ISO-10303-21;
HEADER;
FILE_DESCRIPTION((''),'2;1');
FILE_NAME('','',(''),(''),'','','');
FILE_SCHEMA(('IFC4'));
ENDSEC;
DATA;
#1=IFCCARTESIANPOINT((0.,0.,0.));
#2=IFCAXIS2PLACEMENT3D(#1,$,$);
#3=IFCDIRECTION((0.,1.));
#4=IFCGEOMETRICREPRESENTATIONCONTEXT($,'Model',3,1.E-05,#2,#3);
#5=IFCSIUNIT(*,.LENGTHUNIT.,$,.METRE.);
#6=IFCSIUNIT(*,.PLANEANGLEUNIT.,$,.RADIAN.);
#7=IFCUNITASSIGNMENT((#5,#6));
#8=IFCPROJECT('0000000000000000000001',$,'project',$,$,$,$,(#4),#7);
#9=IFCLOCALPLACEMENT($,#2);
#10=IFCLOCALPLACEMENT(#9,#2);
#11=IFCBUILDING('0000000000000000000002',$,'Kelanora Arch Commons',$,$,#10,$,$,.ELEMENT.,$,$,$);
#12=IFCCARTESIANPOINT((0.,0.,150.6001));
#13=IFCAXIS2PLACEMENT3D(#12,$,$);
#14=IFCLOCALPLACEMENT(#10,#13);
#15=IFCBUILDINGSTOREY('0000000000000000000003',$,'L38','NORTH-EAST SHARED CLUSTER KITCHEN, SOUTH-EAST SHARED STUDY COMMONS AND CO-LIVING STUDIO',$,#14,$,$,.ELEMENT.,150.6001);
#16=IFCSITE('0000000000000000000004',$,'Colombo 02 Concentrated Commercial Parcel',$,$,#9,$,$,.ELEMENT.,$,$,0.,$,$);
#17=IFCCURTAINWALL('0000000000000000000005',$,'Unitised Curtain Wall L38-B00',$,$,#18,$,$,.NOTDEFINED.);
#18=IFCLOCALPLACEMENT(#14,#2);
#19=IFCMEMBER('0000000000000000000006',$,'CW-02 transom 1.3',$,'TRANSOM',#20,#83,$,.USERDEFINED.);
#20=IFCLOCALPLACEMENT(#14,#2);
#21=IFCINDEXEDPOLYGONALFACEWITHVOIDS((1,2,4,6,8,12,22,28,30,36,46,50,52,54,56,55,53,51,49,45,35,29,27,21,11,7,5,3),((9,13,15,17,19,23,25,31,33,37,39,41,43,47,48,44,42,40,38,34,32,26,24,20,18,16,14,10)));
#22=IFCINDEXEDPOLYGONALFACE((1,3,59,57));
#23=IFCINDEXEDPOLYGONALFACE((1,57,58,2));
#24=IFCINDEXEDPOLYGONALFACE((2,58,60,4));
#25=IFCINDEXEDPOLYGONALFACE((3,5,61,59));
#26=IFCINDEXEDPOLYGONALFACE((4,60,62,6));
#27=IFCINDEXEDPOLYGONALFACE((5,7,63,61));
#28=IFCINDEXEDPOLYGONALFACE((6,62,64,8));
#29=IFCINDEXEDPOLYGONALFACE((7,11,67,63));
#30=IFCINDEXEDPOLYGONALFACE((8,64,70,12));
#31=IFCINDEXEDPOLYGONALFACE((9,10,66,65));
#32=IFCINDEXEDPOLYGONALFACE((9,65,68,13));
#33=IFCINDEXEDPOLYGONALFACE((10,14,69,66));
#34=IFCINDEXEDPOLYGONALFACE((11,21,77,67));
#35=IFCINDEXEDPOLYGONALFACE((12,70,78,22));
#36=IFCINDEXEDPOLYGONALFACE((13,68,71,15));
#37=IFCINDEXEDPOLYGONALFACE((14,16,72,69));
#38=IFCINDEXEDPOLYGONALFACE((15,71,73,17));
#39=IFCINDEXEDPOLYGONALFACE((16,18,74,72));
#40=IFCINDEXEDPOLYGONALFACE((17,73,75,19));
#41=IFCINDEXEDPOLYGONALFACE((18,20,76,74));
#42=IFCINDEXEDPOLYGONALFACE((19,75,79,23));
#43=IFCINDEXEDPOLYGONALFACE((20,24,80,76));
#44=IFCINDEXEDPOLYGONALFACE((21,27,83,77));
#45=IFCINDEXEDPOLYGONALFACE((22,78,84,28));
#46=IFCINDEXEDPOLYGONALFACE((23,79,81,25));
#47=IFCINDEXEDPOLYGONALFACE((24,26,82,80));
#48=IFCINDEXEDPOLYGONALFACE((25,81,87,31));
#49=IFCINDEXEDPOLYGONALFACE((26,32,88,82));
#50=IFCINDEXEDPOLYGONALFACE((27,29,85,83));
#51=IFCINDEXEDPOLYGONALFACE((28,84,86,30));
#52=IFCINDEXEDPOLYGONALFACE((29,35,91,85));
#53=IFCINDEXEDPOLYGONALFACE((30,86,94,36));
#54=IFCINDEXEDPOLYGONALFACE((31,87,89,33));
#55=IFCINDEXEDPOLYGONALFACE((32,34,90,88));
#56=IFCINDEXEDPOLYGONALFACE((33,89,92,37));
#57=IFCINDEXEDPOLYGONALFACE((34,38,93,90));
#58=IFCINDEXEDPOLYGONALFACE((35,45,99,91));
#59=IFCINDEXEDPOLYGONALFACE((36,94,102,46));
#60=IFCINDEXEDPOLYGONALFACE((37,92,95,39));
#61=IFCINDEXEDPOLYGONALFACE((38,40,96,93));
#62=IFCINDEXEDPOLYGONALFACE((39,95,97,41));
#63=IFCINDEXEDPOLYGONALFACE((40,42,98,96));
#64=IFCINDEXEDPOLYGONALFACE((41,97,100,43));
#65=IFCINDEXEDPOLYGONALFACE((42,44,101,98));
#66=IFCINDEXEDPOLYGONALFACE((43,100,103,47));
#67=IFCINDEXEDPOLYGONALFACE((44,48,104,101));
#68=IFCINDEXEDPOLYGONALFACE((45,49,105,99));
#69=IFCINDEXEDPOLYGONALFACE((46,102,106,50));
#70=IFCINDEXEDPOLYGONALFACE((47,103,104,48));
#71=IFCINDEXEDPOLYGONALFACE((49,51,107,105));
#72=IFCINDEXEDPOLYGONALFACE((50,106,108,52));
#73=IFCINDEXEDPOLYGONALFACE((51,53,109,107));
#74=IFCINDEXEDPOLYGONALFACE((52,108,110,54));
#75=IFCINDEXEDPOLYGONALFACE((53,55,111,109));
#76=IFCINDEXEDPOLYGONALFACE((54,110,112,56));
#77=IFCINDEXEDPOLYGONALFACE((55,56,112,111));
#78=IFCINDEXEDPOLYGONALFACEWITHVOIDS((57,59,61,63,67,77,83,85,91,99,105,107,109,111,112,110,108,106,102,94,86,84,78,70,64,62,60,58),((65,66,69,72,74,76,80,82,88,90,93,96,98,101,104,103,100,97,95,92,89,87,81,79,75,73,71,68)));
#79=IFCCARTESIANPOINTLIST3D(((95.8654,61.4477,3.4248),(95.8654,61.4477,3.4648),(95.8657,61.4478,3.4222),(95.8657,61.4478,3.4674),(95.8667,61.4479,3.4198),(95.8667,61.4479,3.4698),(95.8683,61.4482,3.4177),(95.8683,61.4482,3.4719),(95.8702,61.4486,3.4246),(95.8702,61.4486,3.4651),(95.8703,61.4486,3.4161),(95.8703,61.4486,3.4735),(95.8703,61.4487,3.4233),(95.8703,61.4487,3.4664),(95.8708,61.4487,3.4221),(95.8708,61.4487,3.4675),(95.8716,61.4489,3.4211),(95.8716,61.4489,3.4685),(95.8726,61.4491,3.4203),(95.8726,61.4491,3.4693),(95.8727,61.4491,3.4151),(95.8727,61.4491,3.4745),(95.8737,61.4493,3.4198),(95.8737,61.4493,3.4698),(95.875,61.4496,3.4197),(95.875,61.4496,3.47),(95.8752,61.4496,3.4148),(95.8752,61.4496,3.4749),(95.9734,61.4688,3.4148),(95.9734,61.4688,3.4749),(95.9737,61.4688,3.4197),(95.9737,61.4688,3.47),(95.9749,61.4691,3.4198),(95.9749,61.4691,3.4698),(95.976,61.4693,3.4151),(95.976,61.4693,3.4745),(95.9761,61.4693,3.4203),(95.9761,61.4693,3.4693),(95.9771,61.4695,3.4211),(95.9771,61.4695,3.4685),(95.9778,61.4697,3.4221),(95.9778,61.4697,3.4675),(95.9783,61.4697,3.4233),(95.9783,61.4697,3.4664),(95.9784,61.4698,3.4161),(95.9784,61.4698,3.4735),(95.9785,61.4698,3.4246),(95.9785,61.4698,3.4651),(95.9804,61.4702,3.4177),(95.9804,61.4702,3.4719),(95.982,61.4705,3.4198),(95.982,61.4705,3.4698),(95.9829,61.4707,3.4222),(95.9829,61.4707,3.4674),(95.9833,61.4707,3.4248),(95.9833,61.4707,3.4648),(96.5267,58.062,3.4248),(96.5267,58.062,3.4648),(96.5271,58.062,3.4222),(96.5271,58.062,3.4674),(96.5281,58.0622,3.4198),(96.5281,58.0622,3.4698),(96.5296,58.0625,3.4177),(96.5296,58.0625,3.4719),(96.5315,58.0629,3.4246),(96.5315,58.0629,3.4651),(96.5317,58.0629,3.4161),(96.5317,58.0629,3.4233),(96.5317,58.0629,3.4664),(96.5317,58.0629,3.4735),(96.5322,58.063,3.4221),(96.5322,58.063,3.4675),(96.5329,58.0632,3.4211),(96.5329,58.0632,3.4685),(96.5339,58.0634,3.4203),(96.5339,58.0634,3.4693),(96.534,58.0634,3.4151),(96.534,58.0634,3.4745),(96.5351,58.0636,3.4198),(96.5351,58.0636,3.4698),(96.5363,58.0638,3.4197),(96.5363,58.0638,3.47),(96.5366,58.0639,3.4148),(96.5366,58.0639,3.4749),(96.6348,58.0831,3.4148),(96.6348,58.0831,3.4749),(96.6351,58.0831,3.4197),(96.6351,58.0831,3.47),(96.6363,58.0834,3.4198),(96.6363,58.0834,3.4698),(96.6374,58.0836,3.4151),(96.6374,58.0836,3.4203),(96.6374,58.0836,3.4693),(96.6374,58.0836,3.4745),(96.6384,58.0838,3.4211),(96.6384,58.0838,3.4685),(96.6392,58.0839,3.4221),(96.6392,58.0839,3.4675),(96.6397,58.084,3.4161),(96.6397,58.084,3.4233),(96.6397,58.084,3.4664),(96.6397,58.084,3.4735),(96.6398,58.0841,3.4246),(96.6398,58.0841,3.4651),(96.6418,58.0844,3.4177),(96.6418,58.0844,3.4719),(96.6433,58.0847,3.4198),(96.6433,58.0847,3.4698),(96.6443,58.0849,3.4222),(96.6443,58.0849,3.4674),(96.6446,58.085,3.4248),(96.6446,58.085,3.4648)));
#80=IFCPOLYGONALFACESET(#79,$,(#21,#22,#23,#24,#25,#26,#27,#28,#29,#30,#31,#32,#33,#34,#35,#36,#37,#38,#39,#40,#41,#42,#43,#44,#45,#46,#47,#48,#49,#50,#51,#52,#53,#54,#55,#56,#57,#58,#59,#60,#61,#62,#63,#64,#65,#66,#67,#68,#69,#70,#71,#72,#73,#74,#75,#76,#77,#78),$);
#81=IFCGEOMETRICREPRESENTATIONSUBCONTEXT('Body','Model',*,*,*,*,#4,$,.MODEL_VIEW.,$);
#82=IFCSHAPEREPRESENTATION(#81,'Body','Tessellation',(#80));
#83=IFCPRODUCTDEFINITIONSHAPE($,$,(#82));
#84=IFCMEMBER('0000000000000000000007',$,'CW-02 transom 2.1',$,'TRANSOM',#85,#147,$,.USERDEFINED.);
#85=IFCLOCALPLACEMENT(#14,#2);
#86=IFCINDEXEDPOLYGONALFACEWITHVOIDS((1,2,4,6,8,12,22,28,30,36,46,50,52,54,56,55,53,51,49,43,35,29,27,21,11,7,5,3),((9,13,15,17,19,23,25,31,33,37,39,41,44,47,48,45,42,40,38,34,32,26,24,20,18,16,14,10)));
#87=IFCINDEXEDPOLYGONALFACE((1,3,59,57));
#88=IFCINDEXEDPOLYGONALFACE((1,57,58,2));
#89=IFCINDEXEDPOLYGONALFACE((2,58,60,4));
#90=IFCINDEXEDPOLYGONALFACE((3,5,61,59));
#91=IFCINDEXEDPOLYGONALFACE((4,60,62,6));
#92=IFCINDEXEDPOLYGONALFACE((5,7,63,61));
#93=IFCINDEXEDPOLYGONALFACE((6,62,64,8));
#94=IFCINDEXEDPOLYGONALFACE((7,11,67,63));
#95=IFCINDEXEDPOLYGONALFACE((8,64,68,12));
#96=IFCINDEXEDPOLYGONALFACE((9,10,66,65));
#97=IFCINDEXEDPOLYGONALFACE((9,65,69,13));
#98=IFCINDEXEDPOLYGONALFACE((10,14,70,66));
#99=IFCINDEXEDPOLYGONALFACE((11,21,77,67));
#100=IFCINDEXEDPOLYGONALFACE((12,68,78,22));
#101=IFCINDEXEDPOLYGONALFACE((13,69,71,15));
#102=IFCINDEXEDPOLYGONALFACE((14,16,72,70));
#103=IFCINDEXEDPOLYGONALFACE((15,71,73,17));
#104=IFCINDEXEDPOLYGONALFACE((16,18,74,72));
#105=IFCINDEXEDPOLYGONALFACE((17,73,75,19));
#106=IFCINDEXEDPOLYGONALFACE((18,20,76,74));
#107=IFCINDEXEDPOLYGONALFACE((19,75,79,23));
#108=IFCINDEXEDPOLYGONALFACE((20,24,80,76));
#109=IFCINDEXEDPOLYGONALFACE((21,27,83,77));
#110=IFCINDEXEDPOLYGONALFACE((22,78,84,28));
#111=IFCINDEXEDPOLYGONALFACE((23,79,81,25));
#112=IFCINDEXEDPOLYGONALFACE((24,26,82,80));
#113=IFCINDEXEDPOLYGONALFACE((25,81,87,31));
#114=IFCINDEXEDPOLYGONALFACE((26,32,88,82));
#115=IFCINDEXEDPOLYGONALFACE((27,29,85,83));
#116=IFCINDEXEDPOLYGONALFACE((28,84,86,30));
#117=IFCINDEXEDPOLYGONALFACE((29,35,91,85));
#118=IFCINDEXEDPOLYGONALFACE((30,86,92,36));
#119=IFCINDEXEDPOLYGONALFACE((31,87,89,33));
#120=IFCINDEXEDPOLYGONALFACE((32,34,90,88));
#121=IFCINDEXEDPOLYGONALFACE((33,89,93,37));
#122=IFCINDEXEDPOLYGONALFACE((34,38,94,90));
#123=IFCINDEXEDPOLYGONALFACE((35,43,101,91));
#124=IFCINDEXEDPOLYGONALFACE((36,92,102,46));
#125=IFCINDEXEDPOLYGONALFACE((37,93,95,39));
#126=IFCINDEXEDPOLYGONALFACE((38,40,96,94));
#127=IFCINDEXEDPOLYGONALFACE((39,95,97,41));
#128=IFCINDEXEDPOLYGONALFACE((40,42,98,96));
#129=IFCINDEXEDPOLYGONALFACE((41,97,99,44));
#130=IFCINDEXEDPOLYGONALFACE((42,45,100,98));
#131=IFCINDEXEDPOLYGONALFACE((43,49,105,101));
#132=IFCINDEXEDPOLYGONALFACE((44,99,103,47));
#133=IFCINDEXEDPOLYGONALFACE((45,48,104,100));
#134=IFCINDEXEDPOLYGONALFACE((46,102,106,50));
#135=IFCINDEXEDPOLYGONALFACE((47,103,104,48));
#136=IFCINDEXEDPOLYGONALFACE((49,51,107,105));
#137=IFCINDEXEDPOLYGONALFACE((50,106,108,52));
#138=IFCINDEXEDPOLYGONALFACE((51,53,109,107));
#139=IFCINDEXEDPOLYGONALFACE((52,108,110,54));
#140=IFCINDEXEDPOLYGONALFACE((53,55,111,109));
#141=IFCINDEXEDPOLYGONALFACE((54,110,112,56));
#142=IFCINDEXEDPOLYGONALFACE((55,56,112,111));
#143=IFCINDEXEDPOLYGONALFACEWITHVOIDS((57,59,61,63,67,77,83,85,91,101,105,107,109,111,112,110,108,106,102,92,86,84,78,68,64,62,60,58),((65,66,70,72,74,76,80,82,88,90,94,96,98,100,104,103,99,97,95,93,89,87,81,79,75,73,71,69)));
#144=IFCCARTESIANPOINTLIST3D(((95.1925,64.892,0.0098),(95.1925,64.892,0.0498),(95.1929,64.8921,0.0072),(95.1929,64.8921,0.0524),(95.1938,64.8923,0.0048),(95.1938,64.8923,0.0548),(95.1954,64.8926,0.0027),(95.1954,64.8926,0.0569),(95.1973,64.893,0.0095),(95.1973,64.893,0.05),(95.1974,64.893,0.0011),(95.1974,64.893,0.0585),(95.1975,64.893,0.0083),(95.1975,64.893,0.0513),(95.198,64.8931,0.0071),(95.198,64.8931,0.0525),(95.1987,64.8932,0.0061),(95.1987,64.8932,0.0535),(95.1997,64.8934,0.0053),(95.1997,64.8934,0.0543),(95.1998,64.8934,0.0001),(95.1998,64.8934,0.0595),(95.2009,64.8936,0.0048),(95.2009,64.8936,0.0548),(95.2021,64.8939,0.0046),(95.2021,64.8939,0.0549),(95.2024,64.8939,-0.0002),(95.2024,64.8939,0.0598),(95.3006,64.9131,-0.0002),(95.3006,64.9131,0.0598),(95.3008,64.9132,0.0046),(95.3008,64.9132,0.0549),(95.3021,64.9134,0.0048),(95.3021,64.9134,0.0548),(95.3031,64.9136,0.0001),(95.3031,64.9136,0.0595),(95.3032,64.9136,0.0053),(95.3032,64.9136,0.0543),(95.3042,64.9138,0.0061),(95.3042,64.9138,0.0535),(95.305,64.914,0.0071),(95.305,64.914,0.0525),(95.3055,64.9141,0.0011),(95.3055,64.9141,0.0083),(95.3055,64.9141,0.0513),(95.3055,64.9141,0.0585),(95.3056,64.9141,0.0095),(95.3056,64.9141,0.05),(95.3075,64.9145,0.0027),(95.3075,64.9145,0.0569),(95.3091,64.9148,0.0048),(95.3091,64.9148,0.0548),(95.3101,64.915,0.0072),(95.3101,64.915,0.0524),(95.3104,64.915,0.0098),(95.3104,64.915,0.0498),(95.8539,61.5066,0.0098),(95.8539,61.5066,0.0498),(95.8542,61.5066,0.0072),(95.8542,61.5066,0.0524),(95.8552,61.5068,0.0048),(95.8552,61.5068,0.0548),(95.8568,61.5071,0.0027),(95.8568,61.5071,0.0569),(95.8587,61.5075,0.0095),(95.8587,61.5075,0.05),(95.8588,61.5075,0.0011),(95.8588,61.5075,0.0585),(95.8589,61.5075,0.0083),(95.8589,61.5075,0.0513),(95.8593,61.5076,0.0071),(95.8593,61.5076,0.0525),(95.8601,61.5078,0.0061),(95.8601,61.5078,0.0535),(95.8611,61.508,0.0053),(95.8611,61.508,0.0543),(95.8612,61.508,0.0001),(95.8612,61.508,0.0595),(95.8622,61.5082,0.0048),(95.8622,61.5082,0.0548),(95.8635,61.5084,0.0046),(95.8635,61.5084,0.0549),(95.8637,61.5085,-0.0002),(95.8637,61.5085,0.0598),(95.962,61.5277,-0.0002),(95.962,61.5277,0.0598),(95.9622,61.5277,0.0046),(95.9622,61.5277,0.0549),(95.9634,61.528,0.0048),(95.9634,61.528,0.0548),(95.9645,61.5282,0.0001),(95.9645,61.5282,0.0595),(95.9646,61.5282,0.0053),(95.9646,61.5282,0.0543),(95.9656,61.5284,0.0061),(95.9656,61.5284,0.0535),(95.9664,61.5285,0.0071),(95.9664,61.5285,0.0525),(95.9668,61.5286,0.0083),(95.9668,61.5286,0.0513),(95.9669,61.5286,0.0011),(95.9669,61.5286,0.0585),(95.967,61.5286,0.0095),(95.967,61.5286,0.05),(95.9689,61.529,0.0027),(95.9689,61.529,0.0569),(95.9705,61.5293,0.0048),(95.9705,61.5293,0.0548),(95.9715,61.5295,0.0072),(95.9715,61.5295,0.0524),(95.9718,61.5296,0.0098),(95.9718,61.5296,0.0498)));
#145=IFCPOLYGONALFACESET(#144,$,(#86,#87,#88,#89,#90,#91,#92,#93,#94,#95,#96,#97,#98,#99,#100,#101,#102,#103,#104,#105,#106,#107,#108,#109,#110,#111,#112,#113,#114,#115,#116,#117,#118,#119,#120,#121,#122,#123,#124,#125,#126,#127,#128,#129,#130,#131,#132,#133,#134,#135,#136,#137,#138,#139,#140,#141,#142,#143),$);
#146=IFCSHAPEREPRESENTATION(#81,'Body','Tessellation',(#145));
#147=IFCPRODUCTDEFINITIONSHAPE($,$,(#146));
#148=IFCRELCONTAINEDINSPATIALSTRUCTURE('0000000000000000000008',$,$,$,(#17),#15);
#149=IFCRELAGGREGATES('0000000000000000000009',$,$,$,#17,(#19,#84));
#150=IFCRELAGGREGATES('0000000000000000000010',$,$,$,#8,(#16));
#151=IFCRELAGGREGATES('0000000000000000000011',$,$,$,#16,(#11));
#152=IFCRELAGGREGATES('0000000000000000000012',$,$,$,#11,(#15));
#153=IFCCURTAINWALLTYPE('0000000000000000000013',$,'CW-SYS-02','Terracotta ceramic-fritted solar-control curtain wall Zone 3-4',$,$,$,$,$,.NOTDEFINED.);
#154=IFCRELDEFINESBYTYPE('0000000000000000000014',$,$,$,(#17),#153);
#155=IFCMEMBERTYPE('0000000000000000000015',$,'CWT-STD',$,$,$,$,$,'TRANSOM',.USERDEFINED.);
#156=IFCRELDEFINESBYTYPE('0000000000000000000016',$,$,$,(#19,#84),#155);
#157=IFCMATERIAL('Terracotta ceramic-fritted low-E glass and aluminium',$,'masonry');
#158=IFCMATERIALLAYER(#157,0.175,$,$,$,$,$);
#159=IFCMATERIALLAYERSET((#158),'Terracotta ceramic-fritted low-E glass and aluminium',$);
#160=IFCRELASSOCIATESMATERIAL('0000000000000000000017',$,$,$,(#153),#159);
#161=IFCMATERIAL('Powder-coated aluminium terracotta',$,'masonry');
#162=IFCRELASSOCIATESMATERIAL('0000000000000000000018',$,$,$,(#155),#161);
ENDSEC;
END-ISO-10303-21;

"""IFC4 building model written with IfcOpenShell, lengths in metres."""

from ifc_helpers import new_model, si_unit, direction, frame, origin, origin_2d, place, context, subcontext, project, spatial, hollow_rectangle, extrude, material, layer, layer_set, material_profile, profile_set, type_object, element, aggregate, save


model = new_model("IFC4")

# Units and contexts
model_context = context("Model", 3, precision=1e-05, world=origin(), true_north=direction((0.0, 1.0)))
body_context = subcontext(model_context, "Body", "Model", "MODEL_VIEW")
ifc_project = project(units=[si_unit("LENGTHUNIT", "METRE"), si_unit("PLANEANGLEUNIT", "RADIAN")], contexts=[model_context])

# Site, building, storey
site_placement = place(None, origin())
site = spatial("IfcSite", under=ifc_project, at=site_placement, Name="Colombo 02 Concentrated Commercial Parcel", CompositionType="ELEMENT", RefElevation=0.0)
building_placement = place(site_placement, origin())
building = spatial("IfcBuilding", under=site, at=building_placement, Name="Kelanora Arch Commons", CompositionType="ELEMENT")
storey_placement = place(building_placement, frame((0.0, 0.0, 150.6001)))
storey = spatial("IfcBuildingStorey", under=building, at=storey_placement, Name="L38", Description="NORTH-EAST SHARED CLUSTER KITCHEN, SOUTH-EAST SHARED STUDY COMMONS AND CO-LIVING STUDIO", CompositionType="ELEMENT", Elevation=150.6001)

# Curtain wall, members
ifc_material_1 = material(Name="Terracotta ceramic-fritted low-E glass and aluminium", Category="masonry")
ifc_layer_1 = layer(ifc_material_1, 0.175)
ifc_layer_set_1 = layer_set([ifc_layer_1], Name="Terracotta ceramic-fritted low-E glass and aluminium")
curtain_wall_type = type_object("IfcCurtainWallType", Name="CW-SYS-02", Description="Terracotta ceramic-fritted solar-control curtain wall Zone 3-4", PredefinedType="NOTDEFINED", material=ifc_layer_set_1)
curtain_wall_placement = place(storey_placement, origin())
curtain_wall = element("IfcCurtainWall", 1, at=curtain_wall_placement, inside=storey, type_object=curtain_wall_type, Name="Unitised Curtain Wall L38-B00", PredefinedType="NOTDEFINED")
ifc_material_2 = material(Name="Powder-coated aluminium terracotta", Category="masonry")
ifc_material_profile_1 = material_profile(ifc_material_2, hollow_rectangle(XDim=0.1201, YDim=0.0601, WallThickness=0.0049, InnerFilletRadius=0.0049, OuterFilletRadius=0.01, at=origin_2d()), Name="CWT120x60")
ifc_profile_set_1 = profile_set([ifc_material_profile_1], Name="Powder-coated aluminium terracotta")
member_type_1 = type_object("IfcMemberType", Name="CWT-STD", ElementType="TRANSOM", PredefinedType="USERDEFINED", material=ifc_profile_set_1)
member_1_placement = place(storey_placement, frame((96.5857, 58.0735, 3.4448), z_axis=(-0.191718, 0.98145, 0.0), x_axis=(-0.98145, -0.191718, 0.0)))
member_1 = element("IfcMember", 2, at=member_1_placement, type_object=member_type_1, Name="CW-02 transom 1.3", ObjectType="TRANSOM", PredefinedType="USERDEFINED", context=body_context, shape_type="SweptSolid", body=[
    extrude(hollow_rectangle(XDim=0.1201, YDim=0.0601, WallThickness=0.0049, InnerFilletRadius=0.0049, OuterFilletRadius=0.01, at=origin_2d()), origin(), (0.0, 0.0, 1.0), 3.4497),
])
member_2_placement = place(storey_placement, frame((95.9128, 61.5181, 0.0298), z_axis=(-0.191732, 0.981447, 0.0), x_axis=(-0.981447, -0.191732, 0.0)))
member_2 = element("IfcMember", 3, at=member_2_placement, type_object=member_type_1, Name="CW-02 transom 2.1", ObjectType="TRANSOM", PredefinedType="USERDEFINED", context=body_context, shape_type="SweptSolid", body=[
    extrude(hollow_rectangle(XDim=0.1201, YDim=0.0601, WallThickness=0.0049, InnerFilletRadius=0.0049, OuterFilletRadius=0.01, at=origin_2d()), origin(), (0.0, 0.0, 1.0), 3.4495),
])
aggregate(curtain_wall, [member_1, member_2])

save(model, "model.ifc")
